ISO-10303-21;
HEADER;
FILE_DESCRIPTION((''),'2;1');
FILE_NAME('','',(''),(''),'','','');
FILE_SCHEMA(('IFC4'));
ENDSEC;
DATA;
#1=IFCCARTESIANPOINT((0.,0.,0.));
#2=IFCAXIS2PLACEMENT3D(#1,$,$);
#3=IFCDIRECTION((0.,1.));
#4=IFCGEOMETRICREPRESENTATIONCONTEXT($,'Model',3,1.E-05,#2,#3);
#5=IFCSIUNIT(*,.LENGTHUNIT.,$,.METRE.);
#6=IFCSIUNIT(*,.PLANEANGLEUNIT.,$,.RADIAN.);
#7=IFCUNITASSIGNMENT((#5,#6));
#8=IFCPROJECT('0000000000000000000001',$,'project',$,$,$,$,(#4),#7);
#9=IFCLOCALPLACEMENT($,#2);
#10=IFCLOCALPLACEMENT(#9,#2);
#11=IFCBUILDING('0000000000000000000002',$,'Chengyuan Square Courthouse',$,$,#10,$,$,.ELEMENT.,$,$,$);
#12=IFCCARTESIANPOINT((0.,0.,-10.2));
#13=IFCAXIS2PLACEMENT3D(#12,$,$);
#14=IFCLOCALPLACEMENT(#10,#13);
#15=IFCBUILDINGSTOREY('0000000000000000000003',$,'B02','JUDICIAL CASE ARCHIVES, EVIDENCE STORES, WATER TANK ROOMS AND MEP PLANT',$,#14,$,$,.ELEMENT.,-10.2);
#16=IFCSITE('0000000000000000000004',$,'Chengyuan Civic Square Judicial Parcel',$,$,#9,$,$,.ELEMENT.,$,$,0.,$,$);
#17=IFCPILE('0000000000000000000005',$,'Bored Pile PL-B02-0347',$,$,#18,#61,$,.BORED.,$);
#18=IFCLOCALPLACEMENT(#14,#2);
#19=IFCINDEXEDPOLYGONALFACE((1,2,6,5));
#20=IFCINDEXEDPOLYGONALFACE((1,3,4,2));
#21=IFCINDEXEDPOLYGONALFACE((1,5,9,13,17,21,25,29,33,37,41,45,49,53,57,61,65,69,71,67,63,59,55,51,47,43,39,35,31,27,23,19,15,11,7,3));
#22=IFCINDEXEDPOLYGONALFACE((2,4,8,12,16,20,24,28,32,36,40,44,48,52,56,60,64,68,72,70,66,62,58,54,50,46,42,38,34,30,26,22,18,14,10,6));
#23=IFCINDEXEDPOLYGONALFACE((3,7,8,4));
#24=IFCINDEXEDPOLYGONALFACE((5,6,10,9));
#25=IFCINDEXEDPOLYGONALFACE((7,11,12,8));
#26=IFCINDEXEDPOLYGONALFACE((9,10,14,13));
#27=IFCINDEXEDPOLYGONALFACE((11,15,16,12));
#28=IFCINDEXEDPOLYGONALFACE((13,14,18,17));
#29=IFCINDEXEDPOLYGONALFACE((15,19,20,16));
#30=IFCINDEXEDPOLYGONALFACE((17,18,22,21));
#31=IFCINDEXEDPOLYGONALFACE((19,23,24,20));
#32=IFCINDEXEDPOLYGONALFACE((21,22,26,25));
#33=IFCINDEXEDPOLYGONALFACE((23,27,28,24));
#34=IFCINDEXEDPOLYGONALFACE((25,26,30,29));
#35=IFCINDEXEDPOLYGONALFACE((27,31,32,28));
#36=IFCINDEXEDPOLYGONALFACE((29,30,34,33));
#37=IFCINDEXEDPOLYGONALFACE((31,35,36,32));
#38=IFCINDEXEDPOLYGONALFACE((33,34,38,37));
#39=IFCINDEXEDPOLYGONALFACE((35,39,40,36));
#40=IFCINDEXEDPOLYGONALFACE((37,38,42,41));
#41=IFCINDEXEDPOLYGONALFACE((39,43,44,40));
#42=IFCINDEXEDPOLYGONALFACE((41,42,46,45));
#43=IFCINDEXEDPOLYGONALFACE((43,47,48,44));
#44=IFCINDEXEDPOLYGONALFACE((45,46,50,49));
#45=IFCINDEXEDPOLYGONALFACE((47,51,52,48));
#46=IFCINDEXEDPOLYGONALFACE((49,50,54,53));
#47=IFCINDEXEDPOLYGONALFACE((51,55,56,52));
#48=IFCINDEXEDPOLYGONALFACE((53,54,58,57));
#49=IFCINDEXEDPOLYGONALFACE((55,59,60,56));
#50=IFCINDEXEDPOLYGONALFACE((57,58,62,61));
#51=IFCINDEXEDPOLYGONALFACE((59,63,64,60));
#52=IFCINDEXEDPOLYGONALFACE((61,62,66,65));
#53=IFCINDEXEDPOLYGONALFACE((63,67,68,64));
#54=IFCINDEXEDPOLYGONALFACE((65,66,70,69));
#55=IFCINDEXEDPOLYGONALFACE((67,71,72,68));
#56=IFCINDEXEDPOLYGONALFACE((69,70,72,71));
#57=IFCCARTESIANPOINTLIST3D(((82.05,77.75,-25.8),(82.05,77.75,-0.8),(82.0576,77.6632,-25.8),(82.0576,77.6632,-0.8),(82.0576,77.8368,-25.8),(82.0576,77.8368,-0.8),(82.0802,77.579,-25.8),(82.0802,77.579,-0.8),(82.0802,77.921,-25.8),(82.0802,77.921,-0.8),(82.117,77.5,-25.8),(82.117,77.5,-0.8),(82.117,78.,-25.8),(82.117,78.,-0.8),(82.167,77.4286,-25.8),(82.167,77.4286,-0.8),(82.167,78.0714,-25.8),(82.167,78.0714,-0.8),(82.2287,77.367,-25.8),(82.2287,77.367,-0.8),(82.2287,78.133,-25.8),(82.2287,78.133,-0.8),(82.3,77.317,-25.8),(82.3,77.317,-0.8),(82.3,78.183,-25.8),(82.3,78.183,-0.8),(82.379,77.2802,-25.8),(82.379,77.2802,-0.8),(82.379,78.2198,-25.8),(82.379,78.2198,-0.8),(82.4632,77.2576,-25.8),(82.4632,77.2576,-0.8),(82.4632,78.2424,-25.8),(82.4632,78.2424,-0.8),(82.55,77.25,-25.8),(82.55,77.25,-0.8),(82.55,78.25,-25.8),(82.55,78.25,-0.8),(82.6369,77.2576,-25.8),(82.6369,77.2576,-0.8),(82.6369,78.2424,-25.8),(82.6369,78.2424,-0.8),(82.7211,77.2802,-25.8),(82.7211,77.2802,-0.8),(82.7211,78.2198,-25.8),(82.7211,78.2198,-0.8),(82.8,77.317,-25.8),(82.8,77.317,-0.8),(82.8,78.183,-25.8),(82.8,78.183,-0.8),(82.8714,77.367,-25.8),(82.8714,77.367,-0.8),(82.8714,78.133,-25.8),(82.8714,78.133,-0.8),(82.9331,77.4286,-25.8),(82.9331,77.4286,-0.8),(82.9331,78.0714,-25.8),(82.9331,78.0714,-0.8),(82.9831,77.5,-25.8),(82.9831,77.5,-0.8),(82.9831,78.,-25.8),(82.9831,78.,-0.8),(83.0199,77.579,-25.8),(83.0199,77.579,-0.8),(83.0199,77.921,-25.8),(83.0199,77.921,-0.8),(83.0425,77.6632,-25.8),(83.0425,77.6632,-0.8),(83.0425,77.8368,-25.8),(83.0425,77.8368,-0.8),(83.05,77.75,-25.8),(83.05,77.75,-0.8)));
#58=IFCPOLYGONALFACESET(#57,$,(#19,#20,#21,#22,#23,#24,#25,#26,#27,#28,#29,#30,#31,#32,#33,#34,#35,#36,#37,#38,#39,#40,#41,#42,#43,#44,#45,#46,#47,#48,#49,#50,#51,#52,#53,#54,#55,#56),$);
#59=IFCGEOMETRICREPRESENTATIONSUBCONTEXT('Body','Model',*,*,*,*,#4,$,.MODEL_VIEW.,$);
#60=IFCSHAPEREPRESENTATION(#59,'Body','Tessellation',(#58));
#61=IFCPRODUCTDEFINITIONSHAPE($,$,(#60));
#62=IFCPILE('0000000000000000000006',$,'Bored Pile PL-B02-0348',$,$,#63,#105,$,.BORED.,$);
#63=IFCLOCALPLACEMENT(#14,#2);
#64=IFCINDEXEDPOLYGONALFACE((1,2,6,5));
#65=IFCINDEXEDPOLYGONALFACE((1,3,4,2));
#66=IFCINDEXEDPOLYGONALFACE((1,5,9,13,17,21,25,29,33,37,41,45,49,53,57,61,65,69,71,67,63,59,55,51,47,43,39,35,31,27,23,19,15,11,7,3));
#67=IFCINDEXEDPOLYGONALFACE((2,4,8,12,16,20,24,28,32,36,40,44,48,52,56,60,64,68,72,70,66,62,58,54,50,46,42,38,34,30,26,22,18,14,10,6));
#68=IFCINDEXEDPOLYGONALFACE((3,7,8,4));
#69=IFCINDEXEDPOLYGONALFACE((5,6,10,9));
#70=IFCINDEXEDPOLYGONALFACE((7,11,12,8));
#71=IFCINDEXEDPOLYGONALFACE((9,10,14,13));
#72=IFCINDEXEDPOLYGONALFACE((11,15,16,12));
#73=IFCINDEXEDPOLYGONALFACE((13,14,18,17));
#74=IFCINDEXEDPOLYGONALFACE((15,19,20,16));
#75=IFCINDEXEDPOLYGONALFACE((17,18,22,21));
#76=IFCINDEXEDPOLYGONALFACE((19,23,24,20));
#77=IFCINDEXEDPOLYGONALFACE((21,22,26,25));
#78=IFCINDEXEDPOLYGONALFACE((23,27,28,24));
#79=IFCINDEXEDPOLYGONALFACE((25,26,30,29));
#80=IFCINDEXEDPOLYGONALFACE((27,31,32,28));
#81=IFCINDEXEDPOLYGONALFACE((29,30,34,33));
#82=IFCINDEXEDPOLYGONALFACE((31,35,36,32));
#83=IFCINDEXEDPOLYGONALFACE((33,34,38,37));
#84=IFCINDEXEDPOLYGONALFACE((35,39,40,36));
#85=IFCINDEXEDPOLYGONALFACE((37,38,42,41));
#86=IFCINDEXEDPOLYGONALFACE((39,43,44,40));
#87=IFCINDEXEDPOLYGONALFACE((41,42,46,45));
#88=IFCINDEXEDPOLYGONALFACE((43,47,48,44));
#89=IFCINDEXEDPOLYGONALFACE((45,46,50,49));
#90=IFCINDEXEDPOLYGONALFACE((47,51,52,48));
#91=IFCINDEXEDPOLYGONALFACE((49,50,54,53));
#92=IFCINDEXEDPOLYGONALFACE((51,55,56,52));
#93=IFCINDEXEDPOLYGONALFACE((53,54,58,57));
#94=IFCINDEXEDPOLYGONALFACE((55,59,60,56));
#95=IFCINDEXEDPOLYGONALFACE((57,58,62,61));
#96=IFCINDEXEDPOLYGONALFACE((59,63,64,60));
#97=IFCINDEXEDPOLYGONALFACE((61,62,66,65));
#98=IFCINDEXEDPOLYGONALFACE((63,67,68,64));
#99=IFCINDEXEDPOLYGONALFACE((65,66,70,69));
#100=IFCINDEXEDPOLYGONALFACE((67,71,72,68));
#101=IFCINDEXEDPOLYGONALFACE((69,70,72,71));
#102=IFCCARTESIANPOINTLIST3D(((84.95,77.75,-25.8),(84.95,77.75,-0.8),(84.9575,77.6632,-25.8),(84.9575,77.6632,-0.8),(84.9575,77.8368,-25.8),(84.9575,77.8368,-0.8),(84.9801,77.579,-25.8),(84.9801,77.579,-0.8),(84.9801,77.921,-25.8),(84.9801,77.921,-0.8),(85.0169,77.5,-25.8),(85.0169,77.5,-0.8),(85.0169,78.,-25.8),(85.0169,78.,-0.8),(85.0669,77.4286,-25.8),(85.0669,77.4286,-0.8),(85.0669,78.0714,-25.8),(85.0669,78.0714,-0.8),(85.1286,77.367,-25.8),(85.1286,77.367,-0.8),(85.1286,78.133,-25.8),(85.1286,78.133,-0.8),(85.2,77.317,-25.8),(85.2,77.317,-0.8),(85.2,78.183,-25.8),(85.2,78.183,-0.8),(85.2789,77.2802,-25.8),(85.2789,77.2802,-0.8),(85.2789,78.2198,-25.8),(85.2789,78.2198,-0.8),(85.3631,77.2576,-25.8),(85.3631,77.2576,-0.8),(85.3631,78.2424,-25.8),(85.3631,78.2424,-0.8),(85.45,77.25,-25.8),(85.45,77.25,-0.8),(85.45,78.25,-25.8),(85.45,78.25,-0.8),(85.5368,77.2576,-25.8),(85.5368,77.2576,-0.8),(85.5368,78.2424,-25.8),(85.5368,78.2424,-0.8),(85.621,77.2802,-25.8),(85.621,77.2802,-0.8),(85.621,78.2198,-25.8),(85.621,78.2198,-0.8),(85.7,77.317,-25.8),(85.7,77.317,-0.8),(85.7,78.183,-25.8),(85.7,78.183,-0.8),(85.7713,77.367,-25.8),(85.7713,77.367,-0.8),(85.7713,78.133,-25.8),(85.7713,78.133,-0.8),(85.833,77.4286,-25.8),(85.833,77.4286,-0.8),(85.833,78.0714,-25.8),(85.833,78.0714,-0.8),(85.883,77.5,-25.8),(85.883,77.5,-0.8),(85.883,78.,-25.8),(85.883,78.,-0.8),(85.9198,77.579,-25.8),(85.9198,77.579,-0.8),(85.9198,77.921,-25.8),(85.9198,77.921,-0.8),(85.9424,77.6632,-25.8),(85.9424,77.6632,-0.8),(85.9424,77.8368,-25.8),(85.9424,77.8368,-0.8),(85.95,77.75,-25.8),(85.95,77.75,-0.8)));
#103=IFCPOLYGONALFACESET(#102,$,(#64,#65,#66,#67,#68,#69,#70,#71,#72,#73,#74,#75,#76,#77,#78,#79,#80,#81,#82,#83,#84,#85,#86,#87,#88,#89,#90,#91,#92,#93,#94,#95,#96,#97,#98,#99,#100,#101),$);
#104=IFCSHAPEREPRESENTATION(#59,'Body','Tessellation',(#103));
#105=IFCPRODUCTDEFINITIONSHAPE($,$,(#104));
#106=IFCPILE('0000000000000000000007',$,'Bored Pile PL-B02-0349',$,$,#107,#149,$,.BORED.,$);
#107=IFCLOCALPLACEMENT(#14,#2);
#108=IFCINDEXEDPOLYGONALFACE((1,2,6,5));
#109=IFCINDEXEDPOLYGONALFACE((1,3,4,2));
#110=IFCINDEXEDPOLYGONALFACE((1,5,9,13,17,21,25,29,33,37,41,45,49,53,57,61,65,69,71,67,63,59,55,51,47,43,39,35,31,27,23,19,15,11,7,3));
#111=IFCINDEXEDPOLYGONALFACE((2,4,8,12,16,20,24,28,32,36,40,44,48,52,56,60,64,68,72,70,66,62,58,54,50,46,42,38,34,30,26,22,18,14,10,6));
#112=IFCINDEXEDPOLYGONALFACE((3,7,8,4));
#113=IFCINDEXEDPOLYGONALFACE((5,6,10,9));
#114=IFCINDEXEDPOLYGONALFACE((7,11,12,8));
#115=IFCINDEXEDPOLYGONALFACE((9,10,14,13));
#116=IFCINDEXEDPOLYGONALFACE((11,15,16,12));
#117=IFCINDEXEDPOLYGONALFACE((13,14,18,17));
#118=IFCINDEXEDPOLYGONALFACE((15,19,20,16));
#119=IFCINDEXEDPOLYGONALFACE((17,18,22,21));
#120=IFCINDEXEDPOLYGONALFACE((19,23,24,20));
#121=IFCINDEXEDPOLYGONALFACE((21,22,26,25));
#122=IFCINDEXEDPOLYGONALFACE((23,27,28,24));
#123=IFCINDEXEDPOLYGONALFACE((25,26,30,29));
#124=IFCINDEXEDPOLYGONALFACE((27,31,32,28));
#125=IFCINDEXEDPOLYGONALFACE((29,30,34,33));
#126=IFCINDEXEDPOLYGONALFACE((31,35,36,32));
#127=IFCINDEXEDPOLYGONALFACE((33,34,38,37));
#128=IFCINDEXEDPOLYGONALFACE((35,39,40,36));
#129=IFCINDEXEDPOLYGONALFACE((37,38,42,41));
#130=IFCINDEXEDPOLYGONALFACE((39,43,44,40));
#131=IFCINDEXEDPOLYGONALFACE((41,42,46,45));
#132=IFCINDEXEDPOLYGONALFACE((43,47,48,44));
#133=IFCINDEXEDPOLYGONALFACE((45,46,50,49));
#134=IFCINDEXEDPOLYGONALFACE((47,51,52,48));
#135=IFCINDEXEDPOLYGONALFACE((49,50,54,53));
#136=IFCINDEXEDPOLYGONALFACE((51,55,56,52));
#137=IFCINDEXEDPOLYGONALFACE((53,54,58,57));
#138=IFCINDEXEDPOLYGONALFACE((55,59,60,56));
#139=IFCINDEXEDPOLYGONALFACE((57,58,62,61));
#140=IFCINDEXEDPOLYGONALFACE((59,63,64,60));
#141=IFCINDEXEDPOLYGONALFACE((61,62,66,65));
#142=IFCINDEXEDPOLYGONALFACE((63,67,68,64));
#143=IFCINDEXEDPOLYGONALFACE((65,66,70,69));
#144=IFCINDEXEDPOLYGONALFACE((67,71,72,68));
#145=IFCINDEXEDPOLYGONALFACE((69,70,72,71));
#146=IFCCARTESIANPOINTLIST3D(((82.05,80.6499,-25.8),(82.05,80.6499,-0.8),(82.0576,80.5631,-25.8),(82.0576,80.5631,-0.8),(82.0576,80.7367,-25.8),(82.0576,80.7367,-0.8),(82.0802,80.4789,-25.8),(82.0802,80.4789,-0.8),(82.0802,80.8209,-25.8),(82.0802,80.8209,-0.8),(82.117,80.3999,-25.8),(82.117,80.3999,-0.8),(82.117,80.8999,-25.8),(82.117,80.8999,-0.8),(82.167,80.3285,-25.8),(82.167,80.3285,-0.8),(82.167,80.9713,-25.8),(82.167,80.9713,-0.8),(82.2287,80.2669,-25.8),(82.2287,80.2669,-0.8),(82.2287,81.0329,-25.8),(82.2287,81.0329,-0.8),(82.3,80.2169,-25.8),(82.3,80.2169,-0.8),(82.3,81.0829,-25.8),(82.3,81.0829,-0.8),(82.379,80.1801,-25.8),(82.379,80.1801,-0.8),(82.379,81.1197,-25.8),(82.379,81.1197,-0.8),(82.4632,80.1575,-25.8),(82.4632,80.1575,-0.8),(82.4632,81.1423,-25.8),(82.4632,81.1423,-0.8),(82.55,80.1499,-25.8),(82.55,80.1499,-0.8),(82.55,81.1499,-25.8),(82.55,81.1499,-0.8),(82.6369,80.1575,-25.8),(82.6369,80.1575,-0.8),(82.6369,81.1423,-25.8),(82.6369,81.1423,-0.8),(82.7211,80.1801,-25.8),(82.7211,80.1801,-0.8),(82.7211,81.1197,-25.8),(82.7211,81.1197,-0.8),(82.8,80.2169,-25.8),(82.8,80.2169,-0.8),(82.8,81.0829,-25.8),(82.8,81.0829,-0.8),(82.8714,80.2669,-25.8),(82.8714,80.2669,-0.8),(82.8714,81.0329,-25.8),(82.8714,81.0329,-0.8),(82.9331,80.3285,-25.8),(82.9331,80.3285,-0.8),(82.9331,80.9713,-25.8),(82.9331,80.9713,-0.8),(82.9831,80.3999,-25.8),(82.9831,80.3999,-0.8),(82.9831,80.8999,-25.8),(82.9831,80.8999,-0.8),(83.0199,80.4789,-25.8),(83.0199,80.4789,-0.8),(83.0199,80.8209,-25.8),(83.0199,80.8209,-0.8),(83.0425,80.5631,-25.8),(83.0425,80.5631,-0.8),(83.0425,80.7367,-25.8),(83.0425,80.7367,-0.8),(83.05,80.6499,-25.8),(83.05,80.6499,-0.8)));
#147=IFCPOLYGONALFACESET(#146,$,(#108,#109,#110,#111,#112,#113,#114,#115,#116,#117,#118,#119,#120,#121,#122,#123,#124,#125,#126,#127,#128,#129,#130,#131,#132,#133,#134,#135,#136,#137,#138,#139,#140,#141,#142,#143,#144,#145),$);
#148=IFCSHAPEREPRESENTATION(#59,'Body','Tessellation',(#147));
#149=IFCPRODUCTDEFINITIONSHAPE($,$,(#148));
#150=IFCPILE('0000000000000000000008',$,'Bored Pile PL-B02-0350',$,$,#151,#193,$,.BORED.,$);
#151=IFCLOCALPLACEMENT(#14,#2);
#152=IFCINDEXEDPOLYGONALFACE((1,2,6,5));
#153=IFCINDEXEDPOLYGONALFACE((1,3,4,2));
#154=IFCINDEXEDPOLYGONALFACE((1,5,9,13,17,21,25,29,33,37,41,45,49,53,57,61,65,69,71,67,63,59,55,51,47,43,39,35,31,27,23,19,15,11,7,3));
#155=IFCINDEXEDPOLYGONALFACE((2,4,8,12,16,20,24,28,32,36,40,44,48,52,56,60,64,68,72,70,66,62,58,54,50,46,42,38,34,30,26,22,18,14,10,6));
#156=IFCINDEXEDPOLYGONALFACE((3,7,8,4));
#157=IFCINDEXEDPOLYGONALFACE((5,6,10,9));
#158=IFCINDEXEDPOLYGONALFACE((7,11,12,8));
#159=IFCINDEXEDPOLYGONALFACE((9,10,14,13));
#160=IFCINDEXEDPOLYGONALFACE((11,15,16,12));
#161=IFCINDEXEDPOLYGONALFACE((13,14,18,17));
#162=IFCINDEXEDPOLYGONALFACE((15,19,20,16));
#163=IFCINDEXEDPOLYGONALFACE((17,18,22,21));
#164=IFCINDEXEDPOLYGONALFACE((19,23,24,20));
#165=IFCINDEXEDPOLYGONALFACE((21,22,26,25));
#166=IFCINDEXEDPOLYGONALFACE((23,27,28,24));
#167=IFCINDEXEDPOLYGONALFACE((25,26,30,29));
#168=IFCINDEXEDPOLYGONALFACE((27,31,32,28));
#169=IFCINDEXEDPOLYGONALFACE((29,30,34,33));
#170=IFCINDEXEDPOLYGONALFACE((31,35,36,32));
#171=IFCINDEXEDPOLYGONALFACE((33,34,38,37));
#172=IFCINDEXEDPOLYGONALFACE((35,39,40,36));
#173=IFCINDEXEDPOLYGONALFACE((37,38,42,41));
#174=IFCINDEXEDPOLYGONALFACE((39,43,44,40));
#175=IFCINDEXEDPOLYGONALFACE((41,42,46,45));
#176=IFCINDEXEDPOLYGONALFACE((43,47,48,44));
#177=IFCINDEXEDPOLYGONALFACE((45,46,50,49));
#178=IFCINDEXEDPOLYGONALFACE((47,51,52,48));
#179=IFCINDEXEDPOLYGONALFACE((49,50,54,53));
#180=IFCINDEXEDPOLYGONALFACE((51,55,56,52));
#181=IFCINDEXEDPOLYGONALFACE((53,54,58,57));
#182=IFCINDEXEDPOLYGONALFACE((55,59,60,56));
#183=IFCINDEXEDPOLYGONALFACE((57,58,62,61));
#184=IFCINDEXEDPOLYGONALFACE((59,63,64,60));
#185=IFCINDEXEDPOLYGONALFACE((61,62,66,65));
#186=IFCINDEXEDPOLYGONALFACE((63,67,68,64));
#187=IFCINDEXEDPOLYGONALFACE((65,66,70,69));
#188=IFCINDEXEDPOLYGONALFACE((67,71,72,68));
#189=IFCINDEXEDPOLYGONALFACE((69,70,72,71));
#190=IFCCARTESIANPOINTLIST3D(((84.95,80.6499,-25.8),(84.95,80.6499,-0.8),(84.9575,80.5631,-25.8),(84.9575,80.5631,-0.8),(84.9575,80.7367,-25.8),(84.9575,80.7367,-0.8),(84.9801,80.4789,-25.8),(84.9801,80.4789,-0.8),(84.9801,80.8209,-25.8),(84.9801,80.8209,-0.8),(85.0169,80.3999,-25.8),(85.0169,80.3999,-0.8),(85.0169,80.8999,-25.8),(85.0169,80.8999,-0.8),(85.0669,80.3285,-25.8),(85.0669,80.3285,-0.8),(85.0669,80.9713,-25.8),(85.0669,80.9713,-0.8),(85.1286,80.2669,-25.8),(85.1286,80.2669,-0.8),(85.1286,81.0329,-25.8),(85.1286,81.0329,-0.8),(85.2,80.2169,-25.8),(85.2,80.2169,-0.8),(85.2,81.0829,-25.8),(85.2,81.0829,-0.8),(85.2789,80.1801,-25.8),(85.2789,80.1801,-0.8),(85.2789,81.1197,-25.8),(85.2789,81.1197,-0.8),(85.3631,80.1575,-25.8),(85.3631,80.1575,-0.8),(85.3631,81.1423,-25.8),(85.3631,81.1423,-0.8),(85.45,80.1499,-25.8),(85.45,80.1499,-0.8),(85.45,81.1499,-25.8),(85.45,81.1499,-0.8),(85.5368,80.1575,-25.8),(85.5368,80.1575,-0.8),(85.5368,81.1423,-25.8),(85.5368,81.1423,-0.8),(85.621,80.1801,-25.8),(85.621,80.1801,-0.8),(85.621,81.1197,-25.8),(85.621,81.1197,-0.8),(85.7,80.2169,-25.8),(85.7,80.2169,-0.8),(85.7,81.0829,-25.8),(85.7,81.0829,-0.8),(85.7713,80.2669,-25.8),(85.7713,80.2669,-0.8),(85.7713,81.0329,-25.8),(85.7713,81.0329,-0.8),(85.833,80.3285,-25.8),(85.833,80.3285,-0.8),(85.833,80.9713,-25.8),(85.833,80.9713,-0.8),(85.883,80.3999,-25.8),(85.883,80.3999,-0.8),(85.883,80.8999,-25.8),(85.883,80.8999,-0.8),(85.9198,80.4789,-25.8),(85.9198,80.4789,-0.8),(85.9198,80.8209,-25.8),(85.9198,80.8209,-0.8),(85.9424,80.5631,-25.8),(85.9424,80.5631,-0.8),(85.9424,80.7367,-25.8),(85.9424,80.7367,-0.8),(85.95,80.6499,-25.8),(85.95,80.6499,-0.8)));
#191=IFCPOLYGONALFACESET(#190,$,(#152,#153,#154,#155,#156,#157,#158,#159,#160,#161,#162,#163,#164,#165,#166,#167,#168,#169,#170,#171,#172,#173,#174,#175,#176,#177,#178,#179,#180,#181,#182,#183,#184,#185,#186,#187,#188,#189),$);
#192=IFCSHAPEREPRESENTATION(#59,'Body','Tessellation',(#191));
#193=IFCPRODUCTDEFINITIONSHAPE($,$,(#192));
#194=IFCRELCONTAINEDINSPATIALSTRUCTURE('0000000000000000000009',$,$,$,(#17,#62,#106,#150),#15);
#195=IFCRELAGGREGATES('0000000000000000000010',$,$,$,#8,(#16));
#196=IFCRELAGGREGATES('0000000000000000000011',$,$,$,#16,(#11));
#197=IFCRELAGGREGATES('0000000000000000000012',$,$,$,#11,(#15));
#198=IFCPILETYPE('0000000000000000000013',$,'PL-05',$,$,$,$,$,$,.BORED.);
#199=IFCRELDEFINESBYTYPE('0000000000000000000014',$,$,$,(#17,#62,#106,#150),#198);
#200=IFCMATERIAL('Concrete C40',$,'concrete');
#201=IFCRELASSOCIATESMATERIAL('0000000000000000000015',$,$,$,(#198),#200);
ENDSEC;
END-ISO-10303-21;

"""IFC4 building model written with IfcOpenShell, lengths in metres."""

from ifc_helpers import new_model, si_unit, direction, frame, origin, origin_2d, place, context, subcontext, project, spatial, circle, extrude, material, material_profile, profile_set, type_object, element, save


model = new_model("IFC4")

# Units and contexts
model_context = context("Model", 3, precision=1e-05, world=origin(), true_north=direction((0.0, 1.0)))
body_context = subcontext(model_context, "Body", "Model", "MODEL_VIEW")
ifc_project = project(units=[si_unit("LENGTHUNIT", "METRE"), si_unit("PLANEANGLEUNIT", "RADIAN")], contexts=[model_context])

# Site, building, storey
site_placement = place(None, origin())
site = spatial("IfcSite", under=ifc_project, at=site_placement, Name="Chengyuan Civic Square Judicial Parcel", CompositionType="ELEMENT", RefElevation=0.0)
building_placement = place(site_placement, origin())
building = spatial("IfcBuilding", under=site, at=building_placement, Name="Chengyuan Square Courthouse", CompositionType="ELEMENT")
storey_placement = place(building_placement, frame((0.0, 0.0, -10.2)))
storey = spatial("IfcBuildingStorey", under=building, at=storey_placement, Name="B02", Description="JUDICIAL CASE ARCHIVES, EVIDENCE STORES, WATER TANK ROOMS AND MEP PLANT", CompositionType="ELEMENT", Elevation=-10.2)

# Shared definitions
ifc_material_1 = material(Name="Concrete C40", Category="concrete")

# Piles
ifc_material_profile_1 = material_profile(ifc_material_1, circle(Radius=0.5, at=origin_2d()), Name="BORED PILE D1000")
ifc_profile_set_1 = profile_set([ifc_material_profile_1], Name="Concrete C40")
pile_type_1 = type_object("IfcPileType", Name="PL-05", PredefinedType="BORED", material=ifc_profile_set_1)
for number, where, z_axis, x_axis, name in (
    (1, (82.55, 77.75, -0.8), (0.0, 0.0, -1.0), (1.0, 0.0, 0.0), "Bored Pile PL-B02-0347"),
    (2, (85.45, 77.75, -0.8), (0.0, 0.0, -1.0), (1.0, 0.0, 0.0), "Bored Pile PL-B02-0348"),
    (3, (82.55, 80.6499, -0.8), (0.0, 0.0, -1.0), (1.0, 0.0, 0.0), "Bored Pile PL-B02-0349"),
    (4, (85.45, 80.6499, -0.8), (0.0, 0.0, -1.0), (1.0, 0.0, 0.0), "Bored Pile PL-B02-0350"),
):
    element("IfcPile", number, at=place(storey_placement, frame(where, z_axis=z_axis, x_axis=x_axis)), inside=storey, type_object=pile_type_1, Name=name, PredefinedType="BORED", context=body_context, shape_type="SweptSolid", body=[
        extrude(circle(Radius=0.5, at=origin_2d()), origin(), (0.0, 0.0, 1.0), 25.0),
    ])

save(model, "model.ifc")
